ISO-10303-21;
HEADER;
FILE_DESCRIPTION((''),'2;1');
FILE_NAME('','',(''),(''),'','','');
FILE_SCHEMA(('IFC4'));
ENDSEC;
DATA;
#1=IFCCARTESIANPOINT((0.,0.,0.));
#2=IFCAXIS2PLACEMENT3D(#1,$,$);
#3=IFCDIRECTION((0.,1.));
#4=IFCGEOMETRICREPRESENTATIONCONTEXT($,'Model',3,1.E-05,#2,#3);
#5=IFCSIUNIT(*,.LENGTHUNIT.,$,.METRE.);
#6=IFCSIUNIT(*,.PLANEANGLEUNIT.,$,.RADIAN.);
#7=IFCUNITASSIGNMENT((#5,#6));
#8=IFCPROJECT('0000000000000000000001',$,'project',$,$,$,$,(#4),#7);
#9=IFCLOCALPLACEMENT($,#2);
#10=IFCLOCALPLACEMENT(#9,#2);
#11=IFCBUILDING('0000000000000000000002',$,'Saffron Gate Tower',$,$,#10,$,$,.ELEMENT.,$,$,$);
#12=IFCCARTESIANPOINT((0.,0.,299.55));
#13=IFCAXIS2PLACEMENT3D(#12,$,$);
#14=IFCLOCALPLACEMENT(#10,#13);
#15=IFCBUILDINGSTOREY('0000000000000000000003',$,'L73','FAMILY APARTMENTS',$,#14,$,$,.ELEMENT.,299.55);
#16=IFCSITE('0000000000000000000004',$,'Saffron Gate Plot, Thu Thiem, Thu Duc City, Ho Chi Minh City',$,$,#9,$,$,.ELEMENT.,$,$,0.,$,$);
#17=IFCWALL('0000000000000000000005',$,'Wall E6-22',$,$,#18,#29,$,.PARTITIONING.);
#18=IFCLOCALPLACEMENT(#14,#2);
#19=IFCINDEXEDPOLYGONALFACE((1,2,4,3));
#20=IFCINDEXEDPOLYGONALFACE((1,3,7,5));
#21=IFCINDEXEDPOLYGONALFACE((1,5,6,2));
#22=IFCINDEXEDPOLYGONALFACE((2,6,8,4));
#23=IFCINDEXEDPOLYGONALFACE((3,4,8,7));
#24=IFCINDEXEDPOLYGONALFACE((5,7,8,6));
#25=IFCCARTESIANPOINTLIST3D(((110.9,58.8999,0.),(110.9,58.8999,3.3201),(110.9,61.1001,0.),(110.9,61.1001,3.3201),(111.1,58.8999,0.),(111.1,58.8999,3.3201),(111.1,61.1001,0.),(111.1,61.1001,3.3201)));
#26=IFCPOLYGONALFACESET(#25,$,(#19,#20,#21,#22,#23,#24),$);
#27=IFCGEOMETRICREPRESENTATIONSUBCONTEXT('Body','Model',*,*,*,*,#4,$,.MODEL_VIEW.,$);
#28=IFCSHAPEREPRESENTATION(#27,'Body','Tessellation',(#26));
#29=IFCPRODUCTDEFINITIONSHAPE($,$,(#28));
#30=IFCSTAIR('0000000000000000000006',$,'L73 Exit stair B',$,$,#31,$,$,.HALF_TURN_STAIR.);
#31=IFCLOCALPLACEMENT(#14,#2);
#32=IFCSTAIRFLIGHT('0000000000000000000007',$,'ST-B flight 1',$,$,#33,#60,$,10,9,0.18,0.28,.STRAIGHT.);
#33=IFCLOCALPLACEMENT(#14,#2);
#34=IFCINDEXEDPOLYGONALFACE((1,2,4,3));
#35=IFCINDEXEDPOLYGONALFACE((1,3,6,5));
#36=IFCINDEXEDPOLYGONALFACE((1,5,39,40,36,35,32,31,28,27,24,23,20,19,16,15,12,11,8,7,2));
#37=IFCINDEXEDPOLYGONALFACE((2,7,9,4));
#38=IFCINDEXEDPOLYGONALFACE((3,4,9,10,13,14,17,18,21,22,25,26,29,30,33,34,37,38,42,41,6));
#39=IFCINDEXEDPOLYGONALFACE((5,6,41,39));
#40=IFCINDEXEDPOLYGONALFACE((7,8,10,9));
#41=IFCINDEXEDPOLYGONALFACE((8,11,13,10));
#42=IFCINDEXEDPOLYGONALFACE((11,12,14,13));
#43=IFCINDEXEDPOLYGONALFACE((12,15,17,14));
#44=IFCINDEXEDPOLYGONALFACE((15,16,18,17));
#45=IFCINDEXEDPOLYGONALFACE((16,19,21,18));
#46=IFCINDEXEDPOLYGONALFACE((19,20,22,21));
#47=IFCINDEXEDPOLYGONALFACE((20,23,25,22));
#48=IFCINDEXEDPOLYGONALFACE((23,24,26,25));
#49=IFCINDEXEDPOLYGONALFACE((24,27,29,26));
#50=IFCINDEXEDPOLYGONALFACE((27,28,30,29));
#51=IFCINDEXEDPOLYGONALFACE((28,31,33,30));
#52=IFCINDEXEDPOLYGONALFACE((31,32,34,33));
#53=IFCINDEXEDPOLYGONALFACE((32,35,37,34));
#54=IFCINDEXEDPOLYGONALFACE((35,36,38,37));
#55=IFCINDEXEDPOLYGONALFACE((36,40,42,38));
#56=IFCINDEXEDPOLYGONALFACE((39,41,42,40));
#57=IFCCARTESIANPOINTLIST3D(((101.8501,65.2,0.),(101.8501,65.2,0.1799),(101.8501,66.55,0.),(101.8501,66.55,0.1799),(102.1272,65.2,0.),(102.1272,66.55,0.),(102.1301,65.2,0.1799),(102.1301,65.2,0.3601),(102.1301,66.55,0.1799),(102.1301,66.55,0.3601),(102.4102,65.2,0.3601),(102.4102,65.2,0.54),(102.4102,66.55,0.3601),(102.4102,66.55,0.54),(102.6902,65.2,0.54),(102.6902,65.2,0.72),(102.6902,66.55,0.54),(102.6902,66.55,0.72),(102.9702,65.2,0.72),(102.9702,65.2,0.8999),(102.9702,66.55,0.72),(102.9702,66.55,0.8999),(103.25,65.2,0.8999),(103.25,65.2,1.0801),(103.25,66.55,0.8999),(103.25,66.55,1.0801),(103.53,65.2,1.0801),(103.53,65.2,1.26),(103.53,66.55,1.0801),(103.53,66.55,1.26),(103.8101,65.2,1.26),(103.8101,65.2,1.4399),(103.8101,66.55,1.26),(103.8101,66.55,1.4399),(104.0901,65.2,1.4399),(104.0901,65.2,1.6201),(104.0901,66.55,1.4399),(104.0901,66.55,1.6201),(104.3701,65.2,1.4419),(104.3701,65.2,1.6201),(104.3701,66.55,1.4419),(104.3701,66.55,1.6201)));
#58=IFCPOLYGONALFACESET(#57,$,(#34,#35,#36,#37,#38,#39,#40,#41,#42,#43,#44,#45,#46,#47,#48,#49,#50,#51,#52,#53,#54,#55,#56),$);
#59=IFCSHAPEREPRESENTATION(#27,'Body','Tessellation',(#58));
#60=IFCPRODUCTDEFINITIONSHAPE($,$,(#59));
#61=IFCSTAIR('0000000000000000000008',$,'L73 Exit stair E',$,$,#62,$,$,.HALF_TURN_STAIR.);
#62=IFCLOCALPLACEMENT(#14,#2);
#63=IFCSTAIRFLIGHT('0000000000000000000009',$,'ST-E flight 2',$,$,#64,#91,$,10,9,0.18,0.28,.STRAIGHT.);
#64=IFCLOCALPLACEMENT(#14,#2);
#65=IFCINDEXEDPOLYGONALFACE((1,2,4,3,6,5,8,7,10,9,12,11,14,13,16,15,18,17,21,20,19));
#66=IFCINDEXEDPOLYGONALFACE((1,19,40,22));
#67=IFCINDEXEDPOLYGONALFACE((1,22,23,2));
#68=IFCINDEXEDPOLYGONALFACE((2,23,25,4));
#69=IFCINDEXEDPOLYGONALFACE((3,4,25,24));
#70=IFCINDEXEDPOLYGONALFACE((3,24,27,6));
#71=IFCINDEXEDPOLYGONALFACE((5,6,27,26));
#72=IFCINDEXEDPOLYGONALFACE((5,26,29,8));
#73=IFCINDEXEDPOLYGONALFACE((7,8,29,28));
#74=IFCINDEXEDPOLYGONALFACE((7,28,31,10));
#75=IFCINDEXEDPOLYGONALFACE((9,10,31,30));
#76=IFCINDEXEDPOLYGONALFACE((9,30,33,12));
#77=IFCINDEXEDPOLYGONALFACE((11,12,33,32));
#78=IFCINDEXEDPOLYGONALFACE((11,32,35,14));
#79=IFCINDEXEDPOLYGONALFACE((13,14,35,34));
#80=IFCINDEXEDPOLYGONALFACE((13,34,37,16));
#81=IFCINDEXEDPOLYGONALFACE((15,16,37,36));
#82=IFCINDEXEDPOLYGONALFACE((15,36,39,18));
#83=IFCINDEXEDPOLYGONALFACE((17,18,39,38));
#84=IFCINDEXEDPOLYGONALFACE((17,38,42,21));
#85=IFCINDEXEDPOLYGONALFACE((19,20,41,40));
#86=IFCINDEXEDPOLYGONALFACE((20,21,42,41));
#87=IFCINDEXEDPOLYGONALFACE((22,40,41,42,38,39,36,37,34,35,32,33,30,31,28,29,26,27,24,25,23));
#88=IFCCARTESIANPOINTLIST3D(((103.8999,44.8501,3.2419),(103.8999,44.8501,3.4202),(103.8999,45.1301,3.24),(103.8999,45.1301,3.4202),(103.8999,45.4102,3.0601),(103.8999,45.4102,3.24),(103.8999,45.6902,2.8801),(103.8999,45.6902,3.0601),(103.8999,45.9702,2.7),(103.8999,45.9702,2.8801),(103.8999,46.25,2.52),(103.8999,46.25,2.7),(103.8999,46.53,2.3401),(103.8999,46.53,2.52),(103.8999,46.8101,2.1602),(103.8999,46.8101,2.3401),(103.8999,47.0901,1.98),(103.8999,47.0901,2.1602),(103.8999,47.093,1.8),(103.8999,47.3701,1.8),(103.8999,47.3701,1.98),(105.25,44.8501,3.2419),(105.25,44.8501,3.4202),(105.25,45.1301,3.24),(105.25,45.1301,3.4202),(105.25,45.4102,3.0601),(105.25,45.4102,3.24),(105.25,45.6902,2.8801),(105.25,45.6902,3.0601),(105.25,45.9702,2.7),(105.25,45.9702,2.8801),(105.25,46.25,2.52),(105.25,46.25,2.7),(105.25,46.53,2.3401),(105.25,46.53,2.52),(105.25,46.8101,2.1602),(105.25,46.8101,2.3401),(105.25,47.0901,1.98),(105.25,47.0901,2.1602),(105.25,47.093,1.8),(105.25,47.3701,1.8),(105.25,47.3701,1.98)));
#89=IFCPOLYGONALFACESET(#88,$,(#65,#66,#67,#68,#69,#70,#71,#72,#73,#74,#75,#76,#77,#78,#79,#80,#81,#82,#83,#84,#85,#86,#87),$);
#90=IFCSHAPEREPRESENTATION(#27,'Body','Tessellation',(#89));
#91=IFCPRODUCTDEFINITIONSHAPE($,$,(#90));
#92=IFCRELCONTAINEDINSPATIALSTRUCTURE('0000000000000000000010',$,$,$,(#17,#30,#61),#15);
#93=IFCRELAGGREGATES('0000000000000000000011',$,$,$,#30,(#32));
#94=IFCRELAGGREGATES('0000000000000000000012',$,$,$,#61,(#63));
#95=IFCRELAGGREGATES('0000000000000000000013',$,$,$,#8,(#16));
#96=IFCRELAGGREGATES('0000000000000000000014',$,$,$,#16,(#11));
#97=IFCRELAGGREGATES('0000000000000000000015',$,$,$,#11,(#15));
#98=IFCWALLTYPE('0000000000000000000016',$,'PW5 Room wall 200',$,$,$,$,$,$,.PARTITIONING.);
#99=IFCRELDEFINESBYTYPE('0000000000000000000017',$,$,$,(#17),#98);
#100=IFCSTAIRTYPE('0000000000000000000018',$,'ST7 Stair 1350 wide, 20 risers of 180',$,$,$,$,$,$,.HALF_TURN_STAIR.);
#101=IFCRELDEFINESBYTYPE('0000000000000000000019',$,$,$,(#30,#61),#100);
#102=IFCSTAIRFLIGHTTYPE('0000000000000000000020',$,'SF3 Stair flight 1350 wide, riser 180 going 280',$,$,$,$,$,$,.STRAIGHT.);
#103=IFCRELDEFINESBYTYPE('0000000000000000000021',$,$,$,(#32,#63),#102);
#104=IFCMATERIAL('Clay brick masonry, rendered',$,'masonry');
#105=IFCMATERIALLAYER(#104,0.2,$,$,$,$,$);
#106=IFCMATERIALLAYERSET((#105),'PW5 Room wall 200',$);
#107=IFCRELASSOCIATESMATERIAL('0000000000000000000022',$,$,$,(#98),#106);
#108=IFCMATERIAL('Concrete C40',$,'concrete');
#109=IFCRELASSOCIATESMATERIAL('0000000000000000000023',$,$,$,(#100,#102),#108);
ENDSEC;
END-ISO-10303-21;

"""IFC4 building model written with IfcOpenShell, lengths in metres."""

from ifc_helpers import new_model, si_unit, direction, frame, frame_2d, origin, place, context, subcontext, project, spatial, polyline, rectangle, outline, extrude, material, layer, layer_set, type_object, element, aggregate, save


model = new_model("IFC4")

# Units and contexts
model_context = context("Model", 3, precision=1e-05, world=origin(), true_north=direction((0.0, 1.0)))
body_context = subcontext(model_context, "Body", "Model", "MODEL_VIEW")
ifc_project = project(units=[si_unit("LENGTHUNIT", "METRE"), si_unit("PLANEANGLEUNIT", "RADIAN")], contexts=[model_context])

# Site, building, storey
site_placement = place(None, origin())
site = spatial("IfcSite", under=ifc_project, at=site_placement, Name="Saffron Gate Plot, Thu Thiem, Thu Duc City, Ho Chi Minh City", CompositionType="ELEMENT", RefElevation=0.0)
building_placement = place(site_placement, origin())
building = spatial("IfcBuilding", under=site, at=building_placement, Name="Saffron Gate Tower", CompositionType="ELEMENT")
storey_placement = place(building_placement, frame((0.0, 0.0, 299.55)))
storey = spatial("IfcBuildingStorey", under=building, at=storey_placement, Name="L73", Description="FAMILY APARTMENTS", CompositionType="ELEMENT", Elevation=299.55)

# Shared definitions
ifc_material_1 = material(Name="Concrete C40", Category="concrete")

# Wall
ifc_material_2 = material(Name="Clay brick masonry, rendered", Category="masonry")
ifc_layer_1 = layer(ifc_material_2, 0.2)
ifc_layer_set_1 = layer_set([ifc_layer_1], Name="PW5 Room wall 200")
wall_type_1 = type_object("IfcWallType", Name="PW5 Room wall 200", PredefinedType="PARTITIONING", material=ifc_layer_set_1)
wall_1_placement = place(storey_placement, frame((111.0, 61.1001, 0.0), z_axis=(0.0, 0.0, 1.0), x_axis=(0.0, -1.0, 0.0)))
element("IfcWall", 1, at=wall_1_placement, inside=storey, type_object=wall_type_1, Name="Wall E6-22", PredefinedType="PARTITIONING", context=body_context, shape_type="SweptSolid", body=[
    extrude(rectangle(XDim=2.2002, YDim=0.2, at=frame_2d((1.1001, 0.0))), origin(), (0.0, 0.0, 1.0), 3.3201),
])

# Stairs, stair flights
stair_type = type_object("IfcStairType", Name="ST7 Stair 1350 wide, 20 risers of 180", PredefinedType="HALF_TURN_STAIR", material=ifc_material_1)
stair_1_placement = place(storey_placement, origin())
stair_1 = element("IfcStair", 2, at=stair_1_placement, inside=storey, type_object=stair_type, Name="L73 Exit stair B", PredefinedType="HALF_TURN_STAIR")
stair_flight_type = type_object("IfcStairFlightType", Name="SF3 Stair flight 1350 wide, riser 180 going 280", PredefinedType="STRAIGHT", material=ifc_material_1)
stair_flight_1_placement = place(storey_placement, frame((101.8501, 65.875, 0.0), z_axis=(0.0, 0.0, 1.0), x_axis=(1.0, 0.0, 0.0)))
stair_flight_1 = element("IfcStairFlight", 3, at=stair_flight_1_placement, type_object=stair_flight_type, Name="ST-B flight 1", NumberOfRisers=10, NumberOfTreads=9, PredefinedType="STRAIGHT", RiserHeight=0.18, TreadLength=0.28, context=body_context, shape_type="SweptSolid", body=[
    extrude(outline(polyline([(0.0, 0.0), (0.0, 0.1799), (0.28, 0.1799), (0.28, 0.3601), (0.5601, 0.3601), (0.5601, 0.54), (0.8401, 0.54), (0.8401, 0.72), (1.1201, 0.72), (1.1201, 0.8999), (1.3999, 0.8999), (1.3999, 1.0801), (1.6799, 1.0801), (1.6799, 1.26), (1.96, 1.26), (1.96, 1.4399), (2.24, 1.4399), (2.24, 1.6201), (2.52, 1.6201), (2.52, 1.8), (2.52, 1.4419), (0.2771, 0.0), (0.0, 0.0)])), frame((0.0, 0.675, 0.0), z_axis=(0.0, -1.0, 0.0), x_axis=(1.0, 0.0, 0.0)), (0.0, 0.0, 1.0), 1.3501),
])
aggregate(stair_1, [stair_flight_1])
stair_2_placement = place(storey_placement, origin())
stair_2 = element("IfcStair", 4, at=stair_2_placement, inside=storey, type_object=stair_type, Name="L73 Exit stair E", PredefinedType="HALF_TURN_STAIR")
stair_flight_2_placement = place(storey_placement, frame((104.575, 47.3701, 1.8), z_axis=(0.0, 0.0, 1.0), x_axis=(0.0, -1.0, 0.0)))
stair_flight_2 = element("IfcStairFlight", 5, at=stair_flight_2_placement, type_object=stair_flight_type, Name="ST-E flight 2", NumberOfRisers=10, NumberOfTreads=9, PredefinedType="STRAIGHT", RiserHeight=0.18, TreadLength=0.28, context=body_context, shape_type="SweptSolid", body=[
    extrude(outline(polyline([(0.0, 0.0), (0.0, 0.1799), (0.28, 0.1799), (0.28, 0.3601), (0.5601, 0.3601), (0.5601, 0.54), (0.8401, 0.54), (0.8401, 0.72), (1.1201, 0.72), (1.1201, 0.8999), (1.3999, 0.8999), (1.3999, 1.0801), (1.6799, 1.0801), (1.6799, 1.26), (1.96, 1.26), (1.96, 1.4399), (2.24, 1.4399), (2.24, 1.6201), (2.52, 1.6201), (2.52, 1.8), (2.52, 1.4419), (0.2771, 0.0), (0.0, 0.0)])), frame((0.0, 0.675, 0.0), z_axis=(0.0, -1.0, 0.0), x_axis=(1.0, 0.0, 0.0)), (0.0, 0.0, 1.0), 1.3501),
])
aggregate(stair_2, [stair_flight_2])

save(model, "model.ifc")
